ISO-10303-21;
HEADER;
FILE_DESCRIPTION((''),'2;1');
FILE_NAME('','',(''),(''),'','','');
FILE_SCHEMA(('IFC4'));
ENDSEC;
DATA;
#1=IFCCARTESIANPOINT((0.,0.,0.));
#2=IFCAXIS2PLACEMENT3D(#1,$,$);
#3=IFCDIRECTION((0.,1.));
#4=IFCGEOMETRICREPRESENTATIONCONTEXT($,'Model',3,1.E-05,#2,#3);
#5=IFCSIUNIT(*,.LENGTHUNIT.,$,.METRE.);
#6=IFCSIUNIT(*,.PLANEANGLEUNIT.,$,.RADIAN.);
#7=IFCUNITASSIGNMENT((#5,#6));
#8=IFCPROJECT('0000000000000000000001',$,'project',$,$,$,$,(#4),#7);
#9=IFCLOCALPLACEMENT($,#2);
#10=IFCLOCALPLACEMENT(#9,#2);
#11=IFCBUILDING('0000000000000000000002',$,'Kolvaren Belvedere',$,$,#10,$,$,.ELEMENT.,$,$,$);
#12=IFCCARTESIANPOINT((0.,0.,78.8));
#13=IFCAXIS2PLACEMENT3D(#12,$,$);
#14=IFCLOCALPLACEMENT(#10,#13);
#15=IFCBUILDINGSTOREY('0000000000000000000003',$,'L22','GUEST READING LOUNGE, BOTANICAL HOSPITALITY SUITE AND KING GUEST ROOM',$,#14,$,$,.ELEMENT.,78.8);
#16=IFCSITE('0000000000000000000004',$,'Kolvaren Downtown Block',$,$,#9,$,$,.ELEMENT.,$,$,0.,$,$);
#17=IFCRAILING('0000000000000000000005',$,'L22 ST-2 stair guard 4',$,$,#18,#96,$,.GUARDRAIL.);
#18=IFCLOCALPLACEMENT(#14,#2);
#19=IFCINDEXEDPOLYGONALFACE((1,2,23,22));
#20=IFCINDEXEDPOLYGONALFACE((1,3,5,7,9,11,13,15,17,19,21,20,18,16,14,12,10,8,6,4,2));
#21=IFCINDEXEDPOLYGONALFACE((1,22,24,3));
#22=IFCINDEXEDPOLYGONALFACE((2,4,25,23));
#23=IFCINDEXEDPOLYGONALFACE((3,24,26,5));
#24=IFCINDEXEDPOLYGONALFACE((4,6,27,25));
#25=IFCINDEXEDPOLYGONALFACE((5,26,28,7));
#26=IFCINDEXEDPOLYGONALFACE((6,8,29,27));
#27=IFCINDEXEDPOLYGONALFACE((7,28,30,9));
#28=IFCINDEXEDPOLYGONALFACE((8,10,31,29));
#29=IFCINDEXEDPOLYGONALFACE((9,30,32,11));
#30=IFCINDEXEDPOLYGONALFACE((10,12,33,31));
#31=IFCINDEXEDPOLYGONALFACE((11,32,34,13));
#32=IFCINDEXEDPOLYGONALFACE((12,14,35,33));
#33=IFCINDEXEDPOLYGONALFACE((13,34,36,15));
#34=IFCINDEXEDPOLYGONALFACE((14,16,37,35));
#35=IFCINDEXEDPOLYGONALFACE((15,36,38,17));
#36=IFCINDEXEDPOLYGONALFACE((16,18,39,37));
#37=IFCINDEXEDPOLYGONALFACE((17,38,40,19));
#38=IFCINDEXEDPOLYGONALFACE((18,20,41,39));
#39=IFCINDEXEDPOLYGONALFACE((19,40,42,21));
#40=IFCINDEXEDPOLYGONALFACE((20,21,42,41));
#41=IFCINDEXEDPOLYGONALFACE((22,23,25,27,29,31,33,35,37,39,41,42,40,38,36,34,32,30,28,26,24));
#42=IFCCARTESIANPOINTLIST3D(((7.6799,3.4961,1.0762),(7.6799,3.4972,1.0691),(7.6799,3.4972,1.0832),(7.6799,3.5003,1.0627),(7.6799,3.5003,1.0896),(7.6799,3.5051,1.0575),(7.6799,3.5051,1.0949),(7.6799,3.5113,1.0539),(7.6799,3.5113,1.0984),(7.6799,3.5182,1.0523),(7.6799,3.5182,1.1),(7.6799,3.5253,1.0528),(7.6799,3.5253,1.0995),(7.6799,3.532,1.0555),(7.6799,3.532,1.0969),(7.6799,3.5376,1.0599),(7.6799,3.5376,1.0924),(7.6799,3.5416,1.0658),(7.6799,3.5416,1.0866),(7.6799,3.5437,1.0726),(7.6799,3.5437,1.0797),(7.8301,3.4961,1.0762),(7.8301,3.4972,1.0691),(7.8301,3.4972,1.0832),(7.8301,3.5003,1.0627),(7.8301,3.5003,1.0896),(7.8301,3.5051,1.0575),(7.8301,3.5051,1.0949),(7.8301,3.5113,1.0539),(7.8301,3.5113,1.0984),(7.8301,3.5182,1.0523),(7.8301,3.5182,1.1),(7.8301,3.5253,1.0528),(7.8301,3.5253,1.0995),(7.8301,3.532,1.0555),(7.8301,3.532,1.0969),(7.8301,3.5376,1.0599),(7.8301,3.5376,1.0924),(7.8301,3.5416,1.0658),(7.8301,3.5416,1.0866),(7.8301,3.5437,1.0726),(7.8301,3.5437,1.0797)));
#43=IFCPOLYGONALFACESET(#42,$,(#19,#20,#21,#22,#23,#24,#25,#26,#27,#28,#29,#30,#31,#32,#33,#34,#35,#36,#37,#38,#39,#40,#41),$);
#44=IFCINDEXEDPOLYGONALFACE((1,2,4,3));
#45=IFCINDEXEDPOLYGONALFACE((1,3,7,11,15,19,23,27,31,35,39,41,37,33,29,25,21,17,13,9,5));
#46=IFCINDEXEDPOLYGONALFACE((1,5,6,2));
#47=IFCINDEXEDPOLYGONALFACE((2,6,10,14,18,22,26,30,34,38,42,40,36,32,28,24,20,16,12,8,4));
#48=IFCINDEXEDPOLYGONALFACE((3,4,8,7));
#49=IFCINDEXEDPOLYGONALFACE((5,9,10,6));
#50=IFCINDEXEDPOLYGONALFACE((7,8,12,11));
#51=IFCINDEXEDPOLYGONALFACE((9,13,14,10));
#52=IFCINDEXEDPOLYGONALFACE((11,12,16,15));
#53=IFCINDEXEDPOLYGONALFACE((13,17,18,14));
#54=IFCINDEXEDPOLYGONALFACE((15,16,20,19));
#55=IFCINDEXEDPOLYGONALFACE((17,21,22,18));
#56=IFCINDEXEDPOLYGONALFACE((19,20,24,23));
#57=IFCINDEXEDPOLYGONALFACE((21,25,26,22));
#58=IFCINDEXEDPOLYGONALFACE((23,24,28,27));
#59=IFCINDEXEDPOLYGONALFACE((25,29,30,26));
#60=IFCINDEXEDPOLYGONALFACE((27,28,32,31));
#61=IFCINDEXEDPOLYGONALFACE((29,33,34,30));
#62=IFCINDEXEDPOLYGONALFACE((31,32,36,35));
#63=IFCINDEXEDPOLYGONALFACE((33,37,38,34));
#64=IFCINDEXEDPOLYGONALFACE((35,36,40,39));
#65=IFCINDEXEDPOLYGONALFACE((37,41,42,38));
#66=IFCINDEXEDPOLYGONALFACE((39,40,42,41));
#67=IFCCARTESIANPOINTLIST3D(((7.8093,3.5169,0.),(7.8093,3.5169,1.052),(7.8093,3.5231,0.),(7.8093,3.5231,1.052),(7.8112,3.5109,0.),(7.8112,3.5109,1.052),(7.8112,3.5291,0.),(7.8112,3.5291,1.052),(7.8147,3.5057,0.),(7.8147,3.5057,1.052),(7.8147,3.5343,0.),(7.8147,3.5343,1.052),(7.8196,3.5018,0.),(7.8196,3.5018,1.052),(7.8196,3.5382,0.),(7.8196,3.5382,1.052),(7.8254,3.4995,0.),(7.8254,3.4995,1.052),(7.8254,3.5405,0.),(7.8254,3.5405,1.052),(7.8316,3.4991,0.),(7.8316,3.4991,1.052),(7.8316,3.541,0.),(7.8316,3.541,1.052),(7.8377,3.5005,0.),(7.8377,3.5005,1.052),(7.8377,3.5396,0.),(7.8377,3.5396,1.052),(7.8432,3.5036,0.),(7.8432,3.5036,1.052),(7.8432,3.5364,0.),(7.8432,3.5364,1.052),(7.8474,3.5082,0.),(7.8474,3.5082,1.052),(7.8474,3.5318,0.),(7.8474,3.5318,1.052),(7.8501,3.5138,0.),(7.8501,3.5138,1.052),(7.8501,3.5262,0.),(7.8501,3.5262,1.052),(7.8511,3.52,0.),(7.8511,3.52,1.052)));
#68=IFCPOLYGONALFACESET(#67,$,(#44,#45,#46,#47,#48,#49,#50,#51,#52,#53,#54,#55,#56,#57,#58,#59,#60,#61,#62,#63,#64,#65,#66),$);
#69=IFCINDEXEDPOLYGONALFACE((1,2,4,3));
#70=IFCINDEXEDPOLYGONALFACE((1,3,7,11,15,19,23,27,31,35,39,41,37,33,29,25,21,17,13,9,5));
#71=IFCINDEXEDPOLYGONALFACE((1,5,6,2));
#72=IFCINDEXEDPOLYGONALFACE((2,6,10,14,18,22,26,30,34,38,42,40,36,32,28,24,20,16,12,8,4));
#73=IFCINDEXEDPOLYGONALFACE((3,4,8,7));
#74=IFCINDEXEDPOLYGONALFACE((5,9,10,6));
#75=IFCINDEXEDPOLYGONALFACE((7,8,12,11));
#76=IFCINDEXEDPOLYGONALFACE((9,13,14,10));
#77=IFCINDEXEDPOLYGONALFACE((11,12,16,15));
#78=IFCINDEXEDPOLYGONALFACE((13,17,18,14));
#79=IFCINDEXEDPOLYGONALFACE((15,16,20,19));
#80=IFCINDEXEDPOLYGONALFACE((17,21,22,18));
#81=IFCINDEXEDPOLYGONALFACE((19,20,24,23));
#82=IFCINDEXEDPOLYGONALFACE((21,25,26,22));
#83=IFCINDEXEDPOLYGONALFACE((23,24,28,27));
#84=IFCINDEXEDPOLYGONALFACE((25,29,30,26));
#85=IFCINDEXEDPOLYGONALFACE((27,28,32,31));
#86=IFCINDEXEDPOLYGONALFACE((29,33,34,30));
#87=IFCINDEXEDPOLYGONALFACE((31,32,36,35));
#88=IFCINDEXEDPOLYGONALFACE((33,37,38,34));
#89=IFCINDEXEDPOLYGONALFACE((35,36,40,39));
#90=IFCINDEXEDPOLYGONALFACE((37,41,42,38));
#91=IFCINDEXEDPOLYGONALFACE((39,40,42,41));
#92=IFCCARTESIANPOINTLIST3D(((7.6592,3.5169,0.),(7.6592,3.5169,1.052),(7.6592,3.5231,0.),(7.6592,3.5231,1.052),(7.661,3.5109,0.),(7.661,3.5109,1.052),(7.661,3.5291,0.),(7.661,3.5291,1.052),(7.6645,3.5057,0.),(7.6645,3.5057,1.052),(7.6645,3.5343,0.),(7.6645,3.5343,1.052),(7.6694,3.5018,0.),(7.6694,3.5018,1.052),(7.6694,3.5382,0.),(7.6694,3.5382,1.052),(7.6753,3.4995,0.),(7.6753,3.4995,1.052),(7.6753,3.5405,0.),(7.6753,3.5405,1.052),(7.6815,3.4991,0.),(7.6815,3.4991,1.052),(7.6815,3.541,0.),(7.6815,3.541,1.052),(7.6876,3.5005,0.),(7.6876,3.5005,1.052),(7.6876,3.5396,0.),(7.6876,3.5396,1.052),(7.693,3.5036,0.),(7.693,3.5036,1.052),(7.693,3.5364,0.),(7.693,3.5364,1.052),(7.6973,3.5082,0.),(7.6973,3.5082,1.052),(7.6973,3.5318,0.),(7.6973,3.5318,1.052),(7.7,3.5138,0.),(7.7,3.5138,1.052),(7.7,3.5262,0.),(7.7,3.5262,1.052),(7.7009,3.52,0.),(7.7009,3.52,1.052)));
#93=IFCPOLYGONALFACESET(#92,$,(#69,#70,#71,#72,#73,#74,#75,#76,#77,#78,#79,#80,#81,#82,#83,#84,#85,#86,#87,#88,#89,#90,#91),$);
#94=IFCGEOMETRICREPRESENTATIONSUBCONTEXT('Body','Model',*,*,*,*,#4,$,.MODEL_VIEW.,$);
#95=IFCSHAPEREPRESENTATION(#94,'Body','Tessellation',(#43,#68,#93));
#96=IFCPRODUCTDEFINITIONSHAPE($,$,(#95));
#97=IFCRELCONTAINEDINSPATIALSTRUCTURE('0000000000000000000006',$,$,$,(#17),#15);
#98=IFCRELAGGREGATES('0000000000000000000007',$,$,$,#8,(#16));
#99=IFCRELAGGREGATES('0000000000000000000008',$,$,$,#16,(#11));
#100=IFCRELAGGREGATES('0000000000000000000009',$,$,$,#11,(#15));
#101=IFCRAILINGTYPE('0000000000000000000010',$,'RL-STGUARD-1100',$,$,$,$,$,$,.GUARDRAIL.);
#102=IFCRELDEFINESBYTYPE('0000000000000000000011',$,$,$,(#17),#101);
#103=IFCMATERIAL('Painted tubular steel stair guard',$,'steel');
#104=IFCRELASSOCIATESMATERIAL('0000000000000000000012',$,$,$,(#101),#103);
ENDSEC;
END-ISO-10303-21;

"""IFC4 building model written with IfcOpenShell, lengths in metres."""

from ifc_helpers import new_model, si_unit, direction, frame, origin, origin_2d, place, context, subcontext, project, spatial, circle, extrude, material, type_object, element, save


model = new_model("IFC4")

# Units and contexts
model_context = context("Model", 3, precision=1e-05, world=origin(), true_north=direction((0.0, 1.0)))
body_context = subcontext(model_context, "Body", "Model", "MODEL_VIEW")
ifc_project = project(units=[si_unit("LENGTHUNIT", "METRE"), si_unit("PLANEANGLEUNIT", "RADIAN")], contexts=[model_context])

# Site, building, storey
site_placement = place(None, origin())
site = spatial("IfcSite", under=ifc_project, at=site_placement, Name="Kolvaren Downtown Block", CompositionType="ELEMENT", RefElevation=0.0)
building_placement = place(site_placement, origin())
building = spatial("IfcBuilding", under=site, at=building_placement, Name="Kolvaren Belvedere", CompositionType="ELEMENT")
storey_placement = place(building_placement, frame((0.0, 0.0, 78.8)))
storey = spatial("IfcBuildingStorey", under=building, at=storey_placement, Name="L22", Description="GUEST READING LOUNGE, BOTANICAL HOSPITALITY SUITE AND KING GUEST ROOM", CompositionType="ELEMENT", Elevation=78.8)

# Railing
ifc_material_1 = material(Name="Painted tubular steel stair guard", Category="steel")
railing_type_1 = type_object("IfcRailingType", Name="RL-STGUARD-1100", PredefinedType="GUARDRAIL", material=ifc_material_1)
railing_1_placement = place(storey_placement, frame((7.8301, 3.52, 0.0)))
element("IfcRailing", 1, at=railing_1_placement, inside=storey, type_object=railing_type_1, Name="L22 ST-2 stair guard 4", PredefinedType="GUARDRAIL", context=body_context, shape_type="SweptSolid", body=[
    extrude(circle(Radius=0.0239, at=origin_2d()), frame((0.0, 0.0, 1.0762), z_axis=(-1.0, 0.0, 0.0), x_axis=(0.0, -1.0, 0.0)), (0.0, 0.0, 1.0), 0.1501),
    extrude(circle(Radius=0.021, at=origin_2d()), origin(), (0.0, 0.0, 1.0), 1.052),
    extrude(circle(Radius=0.021, at=origin_2d()), frame((-0.1501, 0.0, 0.0)), (0.0, 0.0, 1.0), 1.052),
])

save(model, "model.ifc")
